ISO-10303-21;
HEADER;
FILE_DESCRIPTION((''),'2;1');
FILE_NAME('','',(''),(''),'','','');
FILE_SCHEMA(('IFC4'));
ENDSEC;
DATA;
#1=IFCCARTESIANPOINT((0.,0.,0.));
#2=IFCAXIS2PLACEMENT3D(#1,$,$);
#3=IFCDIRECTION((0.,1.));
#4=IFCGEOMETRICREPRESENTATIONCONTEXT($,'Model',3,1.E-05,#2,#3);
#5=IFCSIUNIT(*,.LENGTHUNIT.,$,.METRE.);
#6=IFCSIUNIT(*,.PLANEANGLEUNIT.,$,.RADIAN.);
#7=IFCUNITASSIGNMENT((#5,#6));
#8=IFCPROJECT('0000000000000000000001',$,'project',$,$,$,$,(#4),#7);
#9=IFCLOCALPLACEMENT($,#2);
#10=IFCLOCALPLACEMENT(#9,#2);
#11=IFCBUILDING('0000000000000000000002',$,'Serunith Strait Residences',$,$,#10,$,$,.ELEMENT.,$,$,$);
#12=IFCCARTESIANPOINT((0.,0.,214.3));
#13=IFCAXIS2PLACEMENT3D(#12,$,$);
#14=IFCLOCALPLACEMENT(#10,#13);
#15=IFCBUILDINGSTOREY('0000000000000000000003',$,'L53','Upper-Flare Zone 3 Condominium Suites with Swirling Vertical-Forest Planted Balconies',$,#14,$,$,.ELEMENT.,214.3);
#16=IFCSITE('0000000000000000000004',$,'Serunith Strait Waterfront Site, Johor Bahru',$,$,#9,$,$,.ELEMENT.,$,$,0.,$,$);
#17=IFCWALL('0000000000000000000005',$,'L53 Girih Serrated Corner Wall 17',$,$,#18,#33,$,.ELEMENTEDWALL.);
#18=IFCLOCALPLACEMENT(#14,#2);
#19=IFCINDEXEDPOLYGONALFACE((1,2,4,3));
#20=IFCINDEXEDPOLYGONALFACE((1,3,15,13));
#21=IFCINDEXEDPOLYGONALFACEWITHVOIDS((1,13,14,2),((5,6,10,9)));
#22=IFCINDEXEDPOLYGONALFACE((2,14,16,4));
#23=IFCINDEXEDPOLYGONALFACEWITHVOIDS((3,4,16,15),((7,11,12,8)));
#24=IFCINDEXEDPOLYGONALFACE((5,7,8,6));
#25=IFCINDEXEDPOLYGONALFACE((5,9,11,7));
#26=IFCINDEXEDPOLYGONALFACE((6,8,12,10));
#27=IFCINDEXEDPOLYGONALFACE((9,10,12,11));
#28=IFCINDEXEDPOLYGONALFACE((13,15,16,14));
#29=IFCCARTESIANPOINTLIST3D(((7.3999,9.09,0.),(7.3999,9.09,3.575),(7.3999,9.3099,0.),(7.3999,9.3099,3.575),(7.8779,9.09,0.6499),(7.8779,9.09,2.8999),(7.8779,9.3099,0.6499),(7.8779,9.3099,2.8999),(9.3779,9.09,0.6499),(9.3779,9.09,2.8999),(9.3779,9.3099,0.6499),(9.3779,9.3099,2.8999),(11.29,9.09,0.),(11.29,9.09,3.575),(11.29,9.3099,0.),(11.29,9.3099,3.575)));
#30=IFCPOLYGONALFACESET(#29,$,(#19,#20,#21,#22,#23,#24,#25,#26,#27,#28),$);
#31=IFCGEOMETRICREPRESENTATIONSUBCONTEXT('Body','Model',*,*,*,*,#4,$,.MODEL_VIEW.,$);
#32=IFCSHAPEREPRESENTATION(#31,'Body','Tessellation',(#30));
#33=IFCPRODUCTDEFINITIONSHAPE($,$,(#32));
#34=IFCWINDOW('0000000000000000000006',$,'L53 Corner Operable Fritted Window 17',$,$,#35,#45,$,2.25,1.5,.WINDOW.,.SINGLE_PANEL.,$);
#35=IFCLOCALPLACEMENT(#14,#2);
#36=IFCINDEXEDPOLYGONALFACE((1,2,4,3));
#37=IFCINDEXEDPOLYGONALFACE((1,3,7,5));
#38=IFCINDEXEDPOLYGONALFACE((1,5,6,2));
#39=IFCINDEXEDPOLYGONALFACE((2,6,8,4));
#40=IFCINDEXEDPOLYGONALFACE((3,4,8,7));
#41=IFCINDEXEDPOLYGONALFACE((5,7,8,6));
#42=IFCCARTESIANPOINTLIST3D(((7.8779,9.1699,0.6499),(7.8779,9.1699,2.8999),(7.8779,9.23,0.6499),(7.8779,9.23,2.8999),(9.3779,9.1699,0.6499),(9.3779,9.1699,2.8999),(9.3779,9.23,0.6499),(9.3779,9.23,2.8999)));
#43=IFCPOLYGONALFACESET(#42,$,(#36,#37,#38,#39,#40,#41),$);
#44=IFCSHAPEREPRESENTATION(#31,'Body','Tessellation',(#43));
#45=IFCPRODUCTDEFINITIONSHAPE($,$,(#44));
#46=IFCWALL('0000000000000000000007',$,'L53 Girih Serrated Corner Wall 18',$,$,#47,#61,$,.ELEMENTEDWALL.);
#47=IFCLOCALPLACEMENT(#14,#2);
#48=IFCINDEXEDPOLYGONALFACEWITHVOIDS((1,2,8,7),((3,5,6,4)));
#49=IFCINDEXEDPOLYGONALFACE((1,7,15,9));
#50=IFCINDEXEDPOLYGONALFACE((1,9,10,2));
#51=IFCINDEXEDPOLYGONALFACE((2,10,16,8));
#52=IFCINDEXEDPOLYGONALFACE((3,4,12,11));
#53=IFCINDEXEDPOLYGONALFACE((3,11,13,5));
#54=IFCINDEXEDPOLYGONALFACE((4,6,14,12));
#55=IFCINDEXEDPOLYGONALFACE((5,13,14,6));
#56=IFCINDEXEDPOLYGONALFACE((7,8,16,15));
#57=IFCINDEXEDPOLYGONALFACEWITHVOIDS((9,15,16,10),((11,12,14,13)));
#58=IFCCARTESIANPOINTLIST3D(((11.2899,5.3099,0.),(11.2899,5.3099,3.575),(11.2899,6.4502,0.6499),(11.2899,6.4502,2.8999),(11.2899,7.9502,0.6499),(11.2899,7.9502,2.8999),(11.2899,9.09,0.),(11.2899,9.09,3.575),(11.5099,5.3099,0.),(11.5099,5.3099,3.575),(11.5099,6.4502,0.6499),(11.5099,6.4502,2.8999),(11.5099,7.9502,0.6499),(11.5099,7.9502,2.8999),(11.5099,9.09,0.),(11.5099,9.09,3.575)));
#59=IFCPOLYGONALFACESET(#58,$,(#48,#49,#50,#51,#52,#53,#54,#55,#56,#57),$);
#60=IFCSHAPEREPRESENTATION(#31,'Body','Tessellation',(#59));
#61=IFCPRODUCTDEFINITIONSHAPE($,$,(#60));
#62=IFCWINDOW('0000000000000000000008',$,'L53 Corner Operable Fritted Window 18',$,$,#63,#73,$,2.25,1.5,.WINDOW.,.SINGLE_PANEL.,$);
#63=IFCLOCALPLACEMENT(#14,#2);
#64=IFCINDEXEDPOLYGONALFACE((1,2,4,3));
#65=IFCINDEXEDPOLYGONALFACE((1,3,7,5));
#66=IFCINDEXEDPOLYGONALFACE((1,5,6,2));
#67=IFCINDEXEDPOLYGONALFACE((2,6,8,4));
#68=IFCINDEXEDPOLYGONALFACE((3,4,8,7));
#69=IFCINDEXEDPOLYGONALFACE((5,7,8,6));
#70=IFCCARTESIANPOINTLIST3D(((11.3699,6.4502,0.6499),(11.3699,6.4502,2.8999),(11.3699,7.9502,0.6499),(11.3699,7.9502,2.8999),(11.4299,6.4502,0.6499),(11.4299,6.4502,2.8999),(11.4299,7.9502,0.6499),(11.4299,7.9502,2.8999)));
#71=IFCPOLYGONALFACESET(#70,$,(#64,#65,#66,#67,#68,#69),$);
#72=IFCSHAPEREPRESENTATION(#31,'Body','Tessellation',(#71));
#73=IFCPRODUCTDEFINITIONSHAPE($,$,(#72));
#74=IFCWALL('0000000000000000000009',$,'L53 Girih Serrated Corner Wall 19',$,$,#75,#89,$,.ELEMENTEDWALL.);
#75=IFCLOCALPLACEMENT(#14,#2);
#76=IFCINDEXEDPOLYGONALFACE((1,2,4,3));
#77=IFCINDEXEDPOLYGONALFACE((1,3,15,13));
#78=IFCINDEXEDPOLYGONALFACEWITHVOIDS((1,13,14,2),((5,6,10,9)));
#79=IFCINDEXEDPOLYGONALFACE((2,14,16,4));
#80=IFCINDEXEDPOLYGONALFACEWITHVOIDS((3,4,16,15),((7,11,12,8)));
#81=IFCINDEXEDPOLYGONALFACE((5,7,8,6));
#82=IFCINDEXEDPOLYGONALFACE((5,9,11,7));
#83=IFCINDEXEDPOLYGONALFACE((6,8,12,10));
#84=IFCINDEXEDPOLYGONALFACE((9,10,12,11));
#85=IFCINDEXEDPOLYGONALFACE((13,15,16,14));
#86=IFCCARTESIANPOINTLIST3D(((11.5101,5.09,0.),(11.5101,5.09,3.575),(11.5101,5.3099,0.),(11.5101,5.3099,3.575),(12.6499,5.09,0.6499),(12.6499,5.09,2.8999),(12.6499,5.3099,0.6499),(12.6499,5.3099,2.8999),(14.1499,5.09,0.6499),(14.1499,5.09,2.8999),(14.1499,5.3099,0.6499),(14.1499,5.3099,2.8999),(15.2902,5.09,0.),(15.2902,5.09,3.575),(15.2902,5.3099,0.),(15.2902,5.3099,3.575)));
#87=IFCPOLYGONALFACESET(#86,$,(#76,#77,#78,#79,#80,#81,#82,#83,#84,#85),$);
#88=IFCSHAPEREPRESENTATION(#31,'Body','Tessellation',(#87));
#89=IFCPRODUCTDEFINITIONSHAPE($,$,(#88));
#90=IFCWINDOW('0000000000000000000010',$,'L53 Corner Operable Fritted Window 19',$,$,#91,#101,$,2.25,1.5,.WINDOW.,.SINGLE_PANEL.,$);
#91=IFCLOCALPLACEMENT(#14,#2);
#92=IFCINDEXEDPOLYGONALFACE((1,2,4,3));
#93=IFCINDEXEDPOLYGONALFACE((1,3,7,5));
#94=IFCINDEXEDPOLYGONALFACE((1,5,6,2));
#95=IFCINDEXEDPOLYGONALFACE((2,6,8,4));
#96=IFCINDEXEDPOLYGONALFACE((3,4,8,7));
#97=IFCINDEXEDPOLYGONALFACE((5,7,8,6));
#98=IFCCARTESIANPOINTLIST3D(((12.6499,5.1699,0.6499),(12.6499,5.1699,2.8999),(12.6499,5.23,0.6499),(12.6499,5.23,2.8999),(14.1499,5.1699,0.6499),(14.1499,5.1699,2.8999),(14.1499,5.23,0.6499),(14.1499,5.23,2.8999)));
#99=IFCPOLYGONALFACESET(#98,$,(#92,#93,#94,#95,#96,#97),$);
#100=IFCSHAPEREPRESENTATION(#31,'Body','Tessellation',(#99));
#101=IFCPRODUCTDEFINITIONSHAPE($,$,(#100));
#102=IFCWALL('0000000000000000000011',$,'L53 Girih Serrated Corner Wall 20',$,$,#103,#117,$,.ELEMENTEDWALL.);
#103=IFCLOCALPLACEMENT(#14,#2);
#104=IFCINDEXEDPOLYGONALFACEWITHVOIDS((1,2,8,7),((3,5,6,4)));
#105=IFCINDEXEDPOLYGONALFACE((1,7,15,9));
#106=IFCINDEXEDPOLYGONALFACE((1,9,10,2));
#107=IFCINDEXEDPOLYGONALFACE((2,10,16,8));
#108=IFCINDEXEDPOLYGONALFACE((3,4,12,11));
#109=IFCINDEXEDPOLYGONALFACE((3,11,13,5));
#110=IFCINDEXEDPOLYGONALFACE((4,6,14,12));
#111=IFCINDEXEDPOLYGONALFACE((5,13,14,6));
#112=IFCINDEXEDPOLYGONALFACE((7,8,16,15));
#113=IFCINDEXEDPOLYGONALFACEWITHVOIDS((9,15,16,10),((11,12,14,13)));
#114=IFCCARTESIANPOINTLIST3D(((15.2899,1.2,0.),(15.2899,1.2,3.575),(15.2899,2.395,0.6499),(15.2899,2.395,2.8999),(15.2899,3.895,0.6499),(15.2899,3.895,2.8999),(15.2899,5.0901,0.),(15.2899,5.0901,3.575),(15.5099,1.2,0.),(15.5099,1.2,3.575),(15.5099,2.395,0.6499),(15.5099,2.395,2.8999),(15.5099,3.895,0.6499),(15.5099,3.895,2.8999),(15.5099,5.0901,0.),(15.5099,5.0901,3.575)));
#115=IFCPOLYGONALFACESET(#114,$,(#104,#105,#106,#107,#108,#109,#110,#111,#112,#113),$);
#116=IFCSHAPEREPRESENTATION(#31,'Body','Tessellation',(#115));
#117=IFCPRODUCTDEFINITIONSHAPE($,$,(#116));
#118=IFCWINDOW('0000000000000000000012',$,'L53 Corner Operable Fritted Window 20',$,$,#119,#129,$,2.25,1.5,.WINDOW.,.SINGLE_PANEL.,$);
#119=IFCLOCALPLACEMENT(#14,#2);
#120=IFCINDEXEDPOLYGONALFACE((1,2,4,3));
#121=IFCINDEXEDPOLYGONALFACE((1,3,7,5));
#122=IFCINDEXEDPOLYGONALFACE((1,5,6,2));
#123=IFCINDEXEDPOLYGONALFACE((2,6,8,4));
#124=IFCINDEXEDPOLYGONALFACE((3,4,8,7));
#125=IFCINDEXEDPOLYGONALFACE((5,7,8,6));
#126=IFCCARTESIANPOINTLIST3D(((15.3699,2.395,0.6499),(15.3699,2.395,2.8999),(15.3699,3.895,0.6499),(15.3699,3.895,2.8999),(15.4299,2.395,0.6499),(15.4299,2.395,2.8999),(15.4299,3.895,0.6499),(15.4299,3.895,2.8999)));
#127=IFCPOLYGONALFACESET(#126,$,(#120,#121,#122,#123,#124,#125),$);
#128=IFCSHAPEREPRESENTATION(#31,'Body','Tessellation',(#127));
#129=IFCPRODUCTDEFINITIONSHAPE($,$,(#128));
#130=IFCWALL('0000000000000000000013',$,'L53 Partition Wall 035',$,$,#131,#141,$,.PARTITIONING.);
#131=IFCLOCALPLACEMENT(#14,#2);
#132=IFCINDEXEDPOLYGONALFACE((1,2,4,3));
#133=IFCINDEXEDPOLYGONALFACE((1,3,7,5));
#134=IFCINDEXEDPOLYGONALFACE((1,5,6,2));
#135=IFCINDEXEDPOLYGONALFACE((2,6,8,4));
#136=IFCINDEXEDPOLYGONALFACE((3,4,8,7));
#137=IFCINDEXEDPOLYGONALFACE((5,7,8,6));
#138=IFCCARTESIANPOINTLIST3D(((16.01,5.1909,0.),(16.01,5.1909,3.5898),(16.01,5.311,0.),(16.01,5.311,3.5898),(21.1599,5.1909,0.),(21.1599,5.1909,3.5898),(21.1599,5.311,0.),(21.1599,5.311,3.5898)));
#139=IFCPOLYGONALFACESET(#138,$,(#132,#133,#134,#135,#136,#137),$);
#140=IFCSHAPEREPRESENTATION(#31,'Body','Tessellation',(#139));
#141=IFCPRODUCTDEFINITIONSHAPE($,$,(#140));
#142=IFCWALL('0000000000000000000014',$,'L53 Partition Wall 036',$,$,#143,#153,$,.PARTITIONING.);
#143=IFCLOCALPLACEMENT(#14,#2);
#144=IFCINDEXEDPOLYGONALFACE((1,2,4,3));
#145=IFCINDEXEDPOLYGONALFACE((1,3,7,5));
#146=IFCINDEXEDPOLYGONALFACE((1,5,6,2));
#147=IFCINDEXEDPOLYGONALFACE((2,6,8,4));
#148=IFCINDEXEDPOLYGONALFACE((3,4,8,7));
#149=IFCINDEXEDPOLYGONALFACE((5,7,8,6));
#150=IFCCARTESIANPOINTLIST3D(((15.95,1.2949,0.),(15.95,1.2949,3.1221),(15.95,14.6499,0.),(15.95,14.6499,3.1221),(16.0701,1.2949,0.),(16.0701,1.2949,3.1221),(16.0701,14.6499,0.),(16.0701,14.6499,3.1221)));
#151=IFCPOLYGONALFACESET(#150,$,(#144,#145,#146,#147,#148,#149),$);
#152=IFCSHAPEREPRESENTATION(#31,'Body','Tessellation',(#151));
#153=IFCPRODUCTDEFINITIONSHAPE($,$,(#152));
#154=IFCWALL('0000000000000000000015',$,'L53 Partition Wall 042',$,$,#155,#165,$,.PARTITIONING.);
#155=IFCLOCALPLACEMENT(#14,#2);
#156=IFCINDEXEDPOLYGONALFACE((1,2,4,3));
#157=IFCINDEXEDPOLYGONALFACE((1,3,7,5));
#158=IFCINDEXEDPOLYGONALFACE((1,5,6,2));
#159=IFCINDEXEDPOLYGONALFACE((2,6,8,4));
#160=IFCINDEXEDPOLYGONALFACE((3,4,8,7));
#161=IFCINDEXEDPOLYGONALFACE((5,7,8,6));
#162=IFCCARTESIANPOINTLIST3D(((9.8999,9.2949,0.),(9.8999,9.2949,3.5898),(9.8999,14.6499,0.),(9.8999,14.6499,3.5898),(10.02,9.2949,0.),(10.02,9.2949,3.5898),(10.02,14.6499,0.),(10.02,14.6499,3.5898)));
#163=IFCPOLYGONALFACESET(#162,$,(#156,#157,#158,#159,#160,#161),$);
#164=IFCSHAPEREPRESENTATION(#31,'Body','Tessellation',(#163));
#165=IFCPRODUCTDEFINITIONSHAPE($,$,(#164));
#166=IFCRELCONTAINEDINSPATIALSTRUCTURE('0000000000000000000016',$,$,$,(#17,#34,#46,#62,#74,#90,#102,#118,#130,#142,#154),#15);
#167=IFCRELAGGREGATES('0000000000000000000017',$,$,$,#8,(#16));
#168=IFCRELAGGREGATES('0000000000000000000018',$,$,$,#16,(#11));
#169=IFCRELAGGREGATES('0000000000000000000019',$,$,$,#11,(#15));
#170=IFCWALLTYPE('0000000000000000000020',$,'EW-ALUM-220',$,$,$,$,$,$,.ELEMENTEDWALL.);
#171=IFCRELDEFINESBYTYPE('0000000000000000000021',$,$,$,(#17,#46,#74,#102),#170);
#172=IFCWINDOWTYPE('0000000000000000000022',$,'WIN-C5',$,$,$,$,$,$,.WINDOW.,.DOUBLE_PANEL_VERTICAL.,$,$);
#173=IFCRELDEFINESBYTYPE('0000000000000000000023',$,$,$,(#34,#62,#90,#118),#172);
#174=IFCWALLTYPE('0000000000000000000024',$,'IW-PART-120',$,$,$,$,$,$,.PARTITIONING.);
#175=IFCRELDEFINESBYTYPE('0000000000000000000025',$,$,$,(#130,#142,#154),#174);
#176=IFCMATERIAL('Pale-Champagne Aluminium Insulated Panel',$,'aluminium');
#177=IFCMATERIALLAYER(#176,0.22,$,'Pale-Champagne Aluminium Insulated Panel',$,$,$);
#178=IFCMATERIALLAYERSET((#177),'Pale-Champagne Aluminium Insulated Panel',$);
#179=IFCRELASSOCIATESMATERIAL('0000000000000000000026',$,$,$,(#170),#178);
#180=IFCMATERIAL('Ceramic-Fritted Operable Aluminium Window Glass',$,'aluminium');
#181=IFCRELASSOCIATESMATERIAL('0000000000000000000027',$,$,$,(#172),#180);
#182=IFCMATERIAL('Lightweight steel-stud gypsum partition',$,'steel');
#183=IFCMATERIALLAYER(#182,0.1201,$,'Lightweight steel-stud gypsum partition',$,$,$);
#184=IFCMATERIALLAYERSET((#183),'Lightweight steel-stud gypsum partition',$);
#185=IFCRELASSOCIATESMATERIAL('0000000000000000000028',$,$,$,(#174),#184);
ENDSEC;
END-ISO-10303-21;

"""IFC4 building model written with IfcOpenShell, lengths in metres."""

from ifc_helpers import new_model, si_unit, direction, frame, frame_2d, origin, place, context, subcontext, project, spatial, rectangle, extrude, source, transform, mapped, material, layer, layer_set, type_object, element, fill, save


model = new_model("IFC4")

# Units and contexts
model_context = context("Model", 3, precision=1e-05, world=origin(), true_north=direction((0.0, 1.0)))
body_context = subcontext(model_context, "Body", "Model", "MODEL_VIEW")
ifc_project = project(units=[si_unit("LENGTHUNIT", "METRE"), si_unit("PLANEANGLEUNIT", "RADIAN")], contexts=[model_context])

# Site, building, storey
site_placement = place(None, origin())
site = spatial("IfcSite", under=ifc_project, at=site_placement, Name="Serunith Strait Waterfront Site, Johor Bahru", CompositionType="ELEMENT", RefElevation=0.0)
building_placement = place(site_placement, origin())
building = spatial("IfcBuilding", under=site, at=building_placement, Name="Serunith Strait Residences", CompositionType="ELEMENT")
storey_placement = place(building_placement, frame((0.0, 0.0, 214.3)))
storey = spatial("IfcBuildingStorey", under=building, at=storey_placement, Name="L53", Description="Upper-Flare Zone 3 Condominium Suites with Swirling Vertical-Forest Planted Balconies", CompositionType="ELEMENT", Elevation=214.3)

# Walls, openings, windows
ifc_material_1 = material(Name="Pale-Champagne Aluminium Insulated Panel", Category="aluminium")
ifc_layer_1 = layer(ifc_material_1, 0.22, Name="Pale-Champagne Aluminium Insulated Panel")
ifc_layer_set_1 = layer_set([ifc_layer_1], Name="Pale-Champagne Aluminium Insulated Panel")
wall_type_1 = type_object("IfcWallType", Name="EW-ALUM-220", PredefinedType="ELEMENTEDWALL", material=ifc_layer_set_1)
wall_1_placement = place(storey_placement, frame((7.3999, 9.2, 0.0), z_axis=(0.0, 0.0, 1.0), x_axis=(1.0, 0.0, 0.0)))
wall_1 = element("IfcWall", 1, at=wall_1_placement, inside=storey, type_object=wall_type_1, Name="L53 Girih Serrated Corner Wall 17", PredefinedType="ELEMENTEDWALL", context=body_context, shape_type="SweptSolid", body=[
    extrude(rectangle(XDim=3.8901, YDim=0.22, at=frame_2d((1.9451, 0.0))), origin(), (0.0, 0.0, 1.0), 3.575),
])
opening_1_placement = place(wall_1_placement, frame((0.478, 0.0, 0.6499)))
opening_1 = element("IfcOpeningElement", 2, at=opening_1_placement, cuts=wall_1, PredefinedType="OPENING", context=body_context, shape_type="SweptSolid", body=[
    extrude(rectangle(XDim=1.5, YDim=2.25, at=frame_2d((0.75, 1.125))), frame((0.0, 0.1201, 0.0), z_axis=(0.0, -1.0, 0.0), x_axis=(1.0, 0.0, 0.0)), (0.0, 0.0, 1.0), 0.24),
])
ifc_material_2 = material(Name="Ceramic-Fritted Operable Aluminium Window Glass", Category="aluminium")
window_type = type_object("IfcWindowType", Name="WIN-C5", PartitioningType="DOUBLE_PANEL_VERTICAL", PredefinedType="WINDOW", material=ifc_material_2)
shared_shape_1 = source(origin(), body_context, "Body", "SweptSolid", [
    extrude(rectangle(XDim=1.5, YDim=2.25, at=frame_2d((0.75, 1.125))), frame((0.0, 0.03, 0.0), z_axis=(0.0, -1.0, 0.0), x_axis=(1.0, 0.0, 0.0)), (0.0, 0.0, 1.0), 0.0601),
])
window_1_placement = place(opening_1_placement, origin())
window_1 = element("IfcWindow", 3, at=window_1_placement, inside=storey, type_object=window_type, Name="L53 Corner Operable Fritted Window 17", OverallHeight=2.25, OverallWidth=1.5, PartitioningType="SINGLE_PANEL", PredefinedType="WINDOW", context=body_context, shape_type="MappedRepresentation", body=[
    mapped(shared_shape_1, transform((0.0, 0.0, 0.0), scale=1.0)),
])
fill(opening_1, window_1)
wall_2_placement = place(storey_placement, frame((11.3999, 9.0901, 0.0), z_axis=(0.0, 0.0, 1.0), x_axis=(0.0, -1.0, 0.0)))
wall_2 = element("IfcWall", 4, at=wall_2_placement, inside=storey, type_object=wall_type_1, Name="L53 Girih Serrated Corner Wall 18", PredefinedType="ELEMENTEDWALL", context=body_context, shape_type="SweptSolid", body=[
    extrude(rectangle(XDim=3.78, YDim=0.22, at=frame_2d((1.8901, 0.0))), origin(), (0.0, 0.0, 1.0), 3.575),
])
opening_2_placement = place(wall_2_placement, frame((1.1399, 0.0, 0.6499)))
opening_2 = element("IfcOpeningElement", 5, at=opening_2_placement, cuts=wall_2, PredefinedType="OPENING", context=body_context, shape_type="SweptSolid", body=[
    extrude(rectangle(XDim=1.5, YDim=2.25, at=frame_2d((0.75, 1.125))), frame((0.0, 0.1201, 0.0), z_axis=(0.0, -1.0, 0.0), x_axis=(1.0, 0.0, 0.0)), (0.0, 0.0, 1.0), 0.24),
])
window_2_placement = place(opening_2_placement, origin())
window_2 = element("IfcWindow", 6, at=window_2_placement, inside=storey, type_object=window_type, Name="L53 Corner Operable Fritted Window 18", OverallHeight=2.25, OverallWidth=1.5, PartitioningType="SINGLE_PANEL", PredefinedType="WINDOW", context=body_context, shape_type="MappedRepresentation", body=[
    mapped(shared_shape_1, transform((0.0, 0.0, 0.0), scale=1.0)),
])
fill(opening_2, window_2)
wall_3_placement = place(storey_placement, frame((11.51, 5.2, 0.0), z_axis=(0.0, 0.0, 1.0), x_axis=(1.0, 0.0, 0.0)))
wall_3 = element("IfcWall", 7, at=wall_3_placement, inside=storey, type_object=wall_type_1, Name="L53 Girih Serrated Corner Wall 19", PredefinedType="ELEMENTEDWALL", context=body_context, shape_type="SweptSolid", body=[
    extrude(rectangle(XDim=3.78, YDim=0.22, at=frame_2d((1.8901, 0.0))), origin(), (0.0, 0.0, 1.0), 3.575),
])
opening_3_placement = place(wall_3_placement, frame((1.1399, 0.0, 0.6499)))
opening_3 = element("IfcOpeningElement", 8, at=opening_3_placement, cuts=wall_3, PredefinedType="OPENING", context=body_context, shape_type="SweptSolid", body=[
    extrude(rectangle(XDim=1.5, YDim=2.25, at=frame_2d((0.75, 1.125))), frame((0.0, 0.1201, 0.0), z_axis=(0.0, -1.0, 0.0), x_axis=(1.0, 0.0, 0.0)), (0.0, 0.0, 1.0), 0.24),
])
window_3_placement = place(opening_3_placement, origin())
window_3 = element("IfcWindow", 9, at=window_3_placement, inside=storey, type_object=window_type, Name="L53 Corner Operable Fritted Window 19", OverallHeight=2.25, OverallWidth=1.5, PartitioningType="SINGLE_PANEL", PredefinedType="WINDOW", context=body_context, shape_type="MappedRepresentation", body=[
    mapped(shared_shape_1, transform((0.0, 0.0, 0.0), scale=1.0)),
])
fill(opening_3, window_3)
wall_4_placement = place(storey_placement, frame((15.3999, 5.0901, 0.0), z_axis=(0.0, 0.0, 1.0), x_axis=(0.0, -1.0, 0.0)))
wall_4 = element("IfcWall", 10, at=wall_4_placement, inside=storey, type_object=wall_type_1, Name="L53 Girih Serrated Corner Wall 20", PredefinedType="ELEMENTEDWALL", context=body_context, shape_type="SweptSolid", body=[
    extrude(rectangle(XDim=3.8901, YDim=0.22, at=frame_2d((1.9451, 0.0))), origin(), (0.0, 0.0, 1.0), 3.575),
])
opening_4_placement = place(wall_4_placement, frame((1.1951, 0.0, 0.6499)))
opening_4 = element("IfcOpeningElement", 11, at=opening_4_placement, cuts=wall_4, PredefinedType="OPENING", context=body_context, shape_type="SweptSolid", body=[
    extrude(rectangle(XDim=1.5, YDim=2.25, at=frame_2d((0.75, 1.125))), frame((0.0, 0.1201, 0.0), z_axis=(0.0, -1.0, 0.0), x_axis=(1.0, 0.0, 0.0)), (0.0, 0.0, 1.0), 0.24),
])
window_4_placement = place(opening_4_placement, origin())
window_4 = element("IfcWindow", 12, at=window_4_placement, inside=storey, type_object=window_type, Name="L53 Corner Operable Fritted Window 20", OverallHeight=2.25, OverallWidth=1.5, PartitioningType="SINGLE_PANEL", PredefinedType="WINDOW", context=body_context, shape_type="MappedRepresentation", body=[
    mapped(shared_shape_1, transform((0.0, 0.0, 0.0), scale=1.0)),
])
fill(opening_4, window_4)

# Walls
ifc_material_3 = material(Name="Lightweight steel-stud gypsum partition", Category="steel")
ifc_layer_2 = layer(ifc_material_3, 0.1201, Name="Lightweight steel-stud gypsum partition")
ifc_layer_set_2 = layer_set([ifc_layer_2], Name="Lightweight steel-stud gypsum partition")
wall_type_2 = type_object("IfcWallType", Name="IW-PART-120", PredefinedType="PARTITIONING", material=ifc_layer_set_2)
wall_5_placement = place(storey_placement, frame((16.01, 5.251, 0.0), z_axis=(0.0, 0.0, 1.0), x_axis=(1.0, 0.0, 0.0)))
element("IfcWall", 13, at=wall_5_placement, inside=storey, type_object=wall_type_2, Name="L53 Partition Wall 035", PredefinedType="PARTITIONING", context=body_context, shape_type="SweptSolid", body=[
    extrude(rectangle(XDim=5.1499, YDim=0.1201, at=frame_2d((2.575, 0.0))), origin(), (0.0, 0.0, 1.0), 3.5898),
])
wall_6_placement = place(storey_placement, frame((16.01, 1.2949, 0.0), z_axis=(0.0, 0.0, 1.0), x_axis=(0.0, 1.0, 0.0)))
element("IfcWall", 14, at=wall_6_placement, inside=storey, type_object=wall_type_2, Name="L53 Partition Wall 036", PredefinedType="PARTITIONING", context=body_context, shape_type="SweptSolid", body=[
    extrude(rectangle(XDim=13.355, YDim=0.1201, at=frame_2d((6.6775, 0.0))), origin(), (0.0, 0.0, 1.0), 3.1221),
])
wall_7_placement = place(storey_placement, frame((9.96, 9.2949, 0.0), z_axis=(0.0, 0.0, 1.0), x_axis=(0.0, 1.0, 0.0)))
element("IfcWall", 15, at=wall_7_placement, inside=storey, type_object=wall_type_2, Name="L53 Partition Wall 042", PredefinedType="PARTITIONING", context=body_context, shape_type="SweptSolid", body=[
    extrude(rectangle(XDim=5.355, YDim=0.1201, at=frame_2d((2.6775, 0.0))), origin(), (0.0, 0.0, 1.0), 3.5898),
])

save(model, "model.ifc")
